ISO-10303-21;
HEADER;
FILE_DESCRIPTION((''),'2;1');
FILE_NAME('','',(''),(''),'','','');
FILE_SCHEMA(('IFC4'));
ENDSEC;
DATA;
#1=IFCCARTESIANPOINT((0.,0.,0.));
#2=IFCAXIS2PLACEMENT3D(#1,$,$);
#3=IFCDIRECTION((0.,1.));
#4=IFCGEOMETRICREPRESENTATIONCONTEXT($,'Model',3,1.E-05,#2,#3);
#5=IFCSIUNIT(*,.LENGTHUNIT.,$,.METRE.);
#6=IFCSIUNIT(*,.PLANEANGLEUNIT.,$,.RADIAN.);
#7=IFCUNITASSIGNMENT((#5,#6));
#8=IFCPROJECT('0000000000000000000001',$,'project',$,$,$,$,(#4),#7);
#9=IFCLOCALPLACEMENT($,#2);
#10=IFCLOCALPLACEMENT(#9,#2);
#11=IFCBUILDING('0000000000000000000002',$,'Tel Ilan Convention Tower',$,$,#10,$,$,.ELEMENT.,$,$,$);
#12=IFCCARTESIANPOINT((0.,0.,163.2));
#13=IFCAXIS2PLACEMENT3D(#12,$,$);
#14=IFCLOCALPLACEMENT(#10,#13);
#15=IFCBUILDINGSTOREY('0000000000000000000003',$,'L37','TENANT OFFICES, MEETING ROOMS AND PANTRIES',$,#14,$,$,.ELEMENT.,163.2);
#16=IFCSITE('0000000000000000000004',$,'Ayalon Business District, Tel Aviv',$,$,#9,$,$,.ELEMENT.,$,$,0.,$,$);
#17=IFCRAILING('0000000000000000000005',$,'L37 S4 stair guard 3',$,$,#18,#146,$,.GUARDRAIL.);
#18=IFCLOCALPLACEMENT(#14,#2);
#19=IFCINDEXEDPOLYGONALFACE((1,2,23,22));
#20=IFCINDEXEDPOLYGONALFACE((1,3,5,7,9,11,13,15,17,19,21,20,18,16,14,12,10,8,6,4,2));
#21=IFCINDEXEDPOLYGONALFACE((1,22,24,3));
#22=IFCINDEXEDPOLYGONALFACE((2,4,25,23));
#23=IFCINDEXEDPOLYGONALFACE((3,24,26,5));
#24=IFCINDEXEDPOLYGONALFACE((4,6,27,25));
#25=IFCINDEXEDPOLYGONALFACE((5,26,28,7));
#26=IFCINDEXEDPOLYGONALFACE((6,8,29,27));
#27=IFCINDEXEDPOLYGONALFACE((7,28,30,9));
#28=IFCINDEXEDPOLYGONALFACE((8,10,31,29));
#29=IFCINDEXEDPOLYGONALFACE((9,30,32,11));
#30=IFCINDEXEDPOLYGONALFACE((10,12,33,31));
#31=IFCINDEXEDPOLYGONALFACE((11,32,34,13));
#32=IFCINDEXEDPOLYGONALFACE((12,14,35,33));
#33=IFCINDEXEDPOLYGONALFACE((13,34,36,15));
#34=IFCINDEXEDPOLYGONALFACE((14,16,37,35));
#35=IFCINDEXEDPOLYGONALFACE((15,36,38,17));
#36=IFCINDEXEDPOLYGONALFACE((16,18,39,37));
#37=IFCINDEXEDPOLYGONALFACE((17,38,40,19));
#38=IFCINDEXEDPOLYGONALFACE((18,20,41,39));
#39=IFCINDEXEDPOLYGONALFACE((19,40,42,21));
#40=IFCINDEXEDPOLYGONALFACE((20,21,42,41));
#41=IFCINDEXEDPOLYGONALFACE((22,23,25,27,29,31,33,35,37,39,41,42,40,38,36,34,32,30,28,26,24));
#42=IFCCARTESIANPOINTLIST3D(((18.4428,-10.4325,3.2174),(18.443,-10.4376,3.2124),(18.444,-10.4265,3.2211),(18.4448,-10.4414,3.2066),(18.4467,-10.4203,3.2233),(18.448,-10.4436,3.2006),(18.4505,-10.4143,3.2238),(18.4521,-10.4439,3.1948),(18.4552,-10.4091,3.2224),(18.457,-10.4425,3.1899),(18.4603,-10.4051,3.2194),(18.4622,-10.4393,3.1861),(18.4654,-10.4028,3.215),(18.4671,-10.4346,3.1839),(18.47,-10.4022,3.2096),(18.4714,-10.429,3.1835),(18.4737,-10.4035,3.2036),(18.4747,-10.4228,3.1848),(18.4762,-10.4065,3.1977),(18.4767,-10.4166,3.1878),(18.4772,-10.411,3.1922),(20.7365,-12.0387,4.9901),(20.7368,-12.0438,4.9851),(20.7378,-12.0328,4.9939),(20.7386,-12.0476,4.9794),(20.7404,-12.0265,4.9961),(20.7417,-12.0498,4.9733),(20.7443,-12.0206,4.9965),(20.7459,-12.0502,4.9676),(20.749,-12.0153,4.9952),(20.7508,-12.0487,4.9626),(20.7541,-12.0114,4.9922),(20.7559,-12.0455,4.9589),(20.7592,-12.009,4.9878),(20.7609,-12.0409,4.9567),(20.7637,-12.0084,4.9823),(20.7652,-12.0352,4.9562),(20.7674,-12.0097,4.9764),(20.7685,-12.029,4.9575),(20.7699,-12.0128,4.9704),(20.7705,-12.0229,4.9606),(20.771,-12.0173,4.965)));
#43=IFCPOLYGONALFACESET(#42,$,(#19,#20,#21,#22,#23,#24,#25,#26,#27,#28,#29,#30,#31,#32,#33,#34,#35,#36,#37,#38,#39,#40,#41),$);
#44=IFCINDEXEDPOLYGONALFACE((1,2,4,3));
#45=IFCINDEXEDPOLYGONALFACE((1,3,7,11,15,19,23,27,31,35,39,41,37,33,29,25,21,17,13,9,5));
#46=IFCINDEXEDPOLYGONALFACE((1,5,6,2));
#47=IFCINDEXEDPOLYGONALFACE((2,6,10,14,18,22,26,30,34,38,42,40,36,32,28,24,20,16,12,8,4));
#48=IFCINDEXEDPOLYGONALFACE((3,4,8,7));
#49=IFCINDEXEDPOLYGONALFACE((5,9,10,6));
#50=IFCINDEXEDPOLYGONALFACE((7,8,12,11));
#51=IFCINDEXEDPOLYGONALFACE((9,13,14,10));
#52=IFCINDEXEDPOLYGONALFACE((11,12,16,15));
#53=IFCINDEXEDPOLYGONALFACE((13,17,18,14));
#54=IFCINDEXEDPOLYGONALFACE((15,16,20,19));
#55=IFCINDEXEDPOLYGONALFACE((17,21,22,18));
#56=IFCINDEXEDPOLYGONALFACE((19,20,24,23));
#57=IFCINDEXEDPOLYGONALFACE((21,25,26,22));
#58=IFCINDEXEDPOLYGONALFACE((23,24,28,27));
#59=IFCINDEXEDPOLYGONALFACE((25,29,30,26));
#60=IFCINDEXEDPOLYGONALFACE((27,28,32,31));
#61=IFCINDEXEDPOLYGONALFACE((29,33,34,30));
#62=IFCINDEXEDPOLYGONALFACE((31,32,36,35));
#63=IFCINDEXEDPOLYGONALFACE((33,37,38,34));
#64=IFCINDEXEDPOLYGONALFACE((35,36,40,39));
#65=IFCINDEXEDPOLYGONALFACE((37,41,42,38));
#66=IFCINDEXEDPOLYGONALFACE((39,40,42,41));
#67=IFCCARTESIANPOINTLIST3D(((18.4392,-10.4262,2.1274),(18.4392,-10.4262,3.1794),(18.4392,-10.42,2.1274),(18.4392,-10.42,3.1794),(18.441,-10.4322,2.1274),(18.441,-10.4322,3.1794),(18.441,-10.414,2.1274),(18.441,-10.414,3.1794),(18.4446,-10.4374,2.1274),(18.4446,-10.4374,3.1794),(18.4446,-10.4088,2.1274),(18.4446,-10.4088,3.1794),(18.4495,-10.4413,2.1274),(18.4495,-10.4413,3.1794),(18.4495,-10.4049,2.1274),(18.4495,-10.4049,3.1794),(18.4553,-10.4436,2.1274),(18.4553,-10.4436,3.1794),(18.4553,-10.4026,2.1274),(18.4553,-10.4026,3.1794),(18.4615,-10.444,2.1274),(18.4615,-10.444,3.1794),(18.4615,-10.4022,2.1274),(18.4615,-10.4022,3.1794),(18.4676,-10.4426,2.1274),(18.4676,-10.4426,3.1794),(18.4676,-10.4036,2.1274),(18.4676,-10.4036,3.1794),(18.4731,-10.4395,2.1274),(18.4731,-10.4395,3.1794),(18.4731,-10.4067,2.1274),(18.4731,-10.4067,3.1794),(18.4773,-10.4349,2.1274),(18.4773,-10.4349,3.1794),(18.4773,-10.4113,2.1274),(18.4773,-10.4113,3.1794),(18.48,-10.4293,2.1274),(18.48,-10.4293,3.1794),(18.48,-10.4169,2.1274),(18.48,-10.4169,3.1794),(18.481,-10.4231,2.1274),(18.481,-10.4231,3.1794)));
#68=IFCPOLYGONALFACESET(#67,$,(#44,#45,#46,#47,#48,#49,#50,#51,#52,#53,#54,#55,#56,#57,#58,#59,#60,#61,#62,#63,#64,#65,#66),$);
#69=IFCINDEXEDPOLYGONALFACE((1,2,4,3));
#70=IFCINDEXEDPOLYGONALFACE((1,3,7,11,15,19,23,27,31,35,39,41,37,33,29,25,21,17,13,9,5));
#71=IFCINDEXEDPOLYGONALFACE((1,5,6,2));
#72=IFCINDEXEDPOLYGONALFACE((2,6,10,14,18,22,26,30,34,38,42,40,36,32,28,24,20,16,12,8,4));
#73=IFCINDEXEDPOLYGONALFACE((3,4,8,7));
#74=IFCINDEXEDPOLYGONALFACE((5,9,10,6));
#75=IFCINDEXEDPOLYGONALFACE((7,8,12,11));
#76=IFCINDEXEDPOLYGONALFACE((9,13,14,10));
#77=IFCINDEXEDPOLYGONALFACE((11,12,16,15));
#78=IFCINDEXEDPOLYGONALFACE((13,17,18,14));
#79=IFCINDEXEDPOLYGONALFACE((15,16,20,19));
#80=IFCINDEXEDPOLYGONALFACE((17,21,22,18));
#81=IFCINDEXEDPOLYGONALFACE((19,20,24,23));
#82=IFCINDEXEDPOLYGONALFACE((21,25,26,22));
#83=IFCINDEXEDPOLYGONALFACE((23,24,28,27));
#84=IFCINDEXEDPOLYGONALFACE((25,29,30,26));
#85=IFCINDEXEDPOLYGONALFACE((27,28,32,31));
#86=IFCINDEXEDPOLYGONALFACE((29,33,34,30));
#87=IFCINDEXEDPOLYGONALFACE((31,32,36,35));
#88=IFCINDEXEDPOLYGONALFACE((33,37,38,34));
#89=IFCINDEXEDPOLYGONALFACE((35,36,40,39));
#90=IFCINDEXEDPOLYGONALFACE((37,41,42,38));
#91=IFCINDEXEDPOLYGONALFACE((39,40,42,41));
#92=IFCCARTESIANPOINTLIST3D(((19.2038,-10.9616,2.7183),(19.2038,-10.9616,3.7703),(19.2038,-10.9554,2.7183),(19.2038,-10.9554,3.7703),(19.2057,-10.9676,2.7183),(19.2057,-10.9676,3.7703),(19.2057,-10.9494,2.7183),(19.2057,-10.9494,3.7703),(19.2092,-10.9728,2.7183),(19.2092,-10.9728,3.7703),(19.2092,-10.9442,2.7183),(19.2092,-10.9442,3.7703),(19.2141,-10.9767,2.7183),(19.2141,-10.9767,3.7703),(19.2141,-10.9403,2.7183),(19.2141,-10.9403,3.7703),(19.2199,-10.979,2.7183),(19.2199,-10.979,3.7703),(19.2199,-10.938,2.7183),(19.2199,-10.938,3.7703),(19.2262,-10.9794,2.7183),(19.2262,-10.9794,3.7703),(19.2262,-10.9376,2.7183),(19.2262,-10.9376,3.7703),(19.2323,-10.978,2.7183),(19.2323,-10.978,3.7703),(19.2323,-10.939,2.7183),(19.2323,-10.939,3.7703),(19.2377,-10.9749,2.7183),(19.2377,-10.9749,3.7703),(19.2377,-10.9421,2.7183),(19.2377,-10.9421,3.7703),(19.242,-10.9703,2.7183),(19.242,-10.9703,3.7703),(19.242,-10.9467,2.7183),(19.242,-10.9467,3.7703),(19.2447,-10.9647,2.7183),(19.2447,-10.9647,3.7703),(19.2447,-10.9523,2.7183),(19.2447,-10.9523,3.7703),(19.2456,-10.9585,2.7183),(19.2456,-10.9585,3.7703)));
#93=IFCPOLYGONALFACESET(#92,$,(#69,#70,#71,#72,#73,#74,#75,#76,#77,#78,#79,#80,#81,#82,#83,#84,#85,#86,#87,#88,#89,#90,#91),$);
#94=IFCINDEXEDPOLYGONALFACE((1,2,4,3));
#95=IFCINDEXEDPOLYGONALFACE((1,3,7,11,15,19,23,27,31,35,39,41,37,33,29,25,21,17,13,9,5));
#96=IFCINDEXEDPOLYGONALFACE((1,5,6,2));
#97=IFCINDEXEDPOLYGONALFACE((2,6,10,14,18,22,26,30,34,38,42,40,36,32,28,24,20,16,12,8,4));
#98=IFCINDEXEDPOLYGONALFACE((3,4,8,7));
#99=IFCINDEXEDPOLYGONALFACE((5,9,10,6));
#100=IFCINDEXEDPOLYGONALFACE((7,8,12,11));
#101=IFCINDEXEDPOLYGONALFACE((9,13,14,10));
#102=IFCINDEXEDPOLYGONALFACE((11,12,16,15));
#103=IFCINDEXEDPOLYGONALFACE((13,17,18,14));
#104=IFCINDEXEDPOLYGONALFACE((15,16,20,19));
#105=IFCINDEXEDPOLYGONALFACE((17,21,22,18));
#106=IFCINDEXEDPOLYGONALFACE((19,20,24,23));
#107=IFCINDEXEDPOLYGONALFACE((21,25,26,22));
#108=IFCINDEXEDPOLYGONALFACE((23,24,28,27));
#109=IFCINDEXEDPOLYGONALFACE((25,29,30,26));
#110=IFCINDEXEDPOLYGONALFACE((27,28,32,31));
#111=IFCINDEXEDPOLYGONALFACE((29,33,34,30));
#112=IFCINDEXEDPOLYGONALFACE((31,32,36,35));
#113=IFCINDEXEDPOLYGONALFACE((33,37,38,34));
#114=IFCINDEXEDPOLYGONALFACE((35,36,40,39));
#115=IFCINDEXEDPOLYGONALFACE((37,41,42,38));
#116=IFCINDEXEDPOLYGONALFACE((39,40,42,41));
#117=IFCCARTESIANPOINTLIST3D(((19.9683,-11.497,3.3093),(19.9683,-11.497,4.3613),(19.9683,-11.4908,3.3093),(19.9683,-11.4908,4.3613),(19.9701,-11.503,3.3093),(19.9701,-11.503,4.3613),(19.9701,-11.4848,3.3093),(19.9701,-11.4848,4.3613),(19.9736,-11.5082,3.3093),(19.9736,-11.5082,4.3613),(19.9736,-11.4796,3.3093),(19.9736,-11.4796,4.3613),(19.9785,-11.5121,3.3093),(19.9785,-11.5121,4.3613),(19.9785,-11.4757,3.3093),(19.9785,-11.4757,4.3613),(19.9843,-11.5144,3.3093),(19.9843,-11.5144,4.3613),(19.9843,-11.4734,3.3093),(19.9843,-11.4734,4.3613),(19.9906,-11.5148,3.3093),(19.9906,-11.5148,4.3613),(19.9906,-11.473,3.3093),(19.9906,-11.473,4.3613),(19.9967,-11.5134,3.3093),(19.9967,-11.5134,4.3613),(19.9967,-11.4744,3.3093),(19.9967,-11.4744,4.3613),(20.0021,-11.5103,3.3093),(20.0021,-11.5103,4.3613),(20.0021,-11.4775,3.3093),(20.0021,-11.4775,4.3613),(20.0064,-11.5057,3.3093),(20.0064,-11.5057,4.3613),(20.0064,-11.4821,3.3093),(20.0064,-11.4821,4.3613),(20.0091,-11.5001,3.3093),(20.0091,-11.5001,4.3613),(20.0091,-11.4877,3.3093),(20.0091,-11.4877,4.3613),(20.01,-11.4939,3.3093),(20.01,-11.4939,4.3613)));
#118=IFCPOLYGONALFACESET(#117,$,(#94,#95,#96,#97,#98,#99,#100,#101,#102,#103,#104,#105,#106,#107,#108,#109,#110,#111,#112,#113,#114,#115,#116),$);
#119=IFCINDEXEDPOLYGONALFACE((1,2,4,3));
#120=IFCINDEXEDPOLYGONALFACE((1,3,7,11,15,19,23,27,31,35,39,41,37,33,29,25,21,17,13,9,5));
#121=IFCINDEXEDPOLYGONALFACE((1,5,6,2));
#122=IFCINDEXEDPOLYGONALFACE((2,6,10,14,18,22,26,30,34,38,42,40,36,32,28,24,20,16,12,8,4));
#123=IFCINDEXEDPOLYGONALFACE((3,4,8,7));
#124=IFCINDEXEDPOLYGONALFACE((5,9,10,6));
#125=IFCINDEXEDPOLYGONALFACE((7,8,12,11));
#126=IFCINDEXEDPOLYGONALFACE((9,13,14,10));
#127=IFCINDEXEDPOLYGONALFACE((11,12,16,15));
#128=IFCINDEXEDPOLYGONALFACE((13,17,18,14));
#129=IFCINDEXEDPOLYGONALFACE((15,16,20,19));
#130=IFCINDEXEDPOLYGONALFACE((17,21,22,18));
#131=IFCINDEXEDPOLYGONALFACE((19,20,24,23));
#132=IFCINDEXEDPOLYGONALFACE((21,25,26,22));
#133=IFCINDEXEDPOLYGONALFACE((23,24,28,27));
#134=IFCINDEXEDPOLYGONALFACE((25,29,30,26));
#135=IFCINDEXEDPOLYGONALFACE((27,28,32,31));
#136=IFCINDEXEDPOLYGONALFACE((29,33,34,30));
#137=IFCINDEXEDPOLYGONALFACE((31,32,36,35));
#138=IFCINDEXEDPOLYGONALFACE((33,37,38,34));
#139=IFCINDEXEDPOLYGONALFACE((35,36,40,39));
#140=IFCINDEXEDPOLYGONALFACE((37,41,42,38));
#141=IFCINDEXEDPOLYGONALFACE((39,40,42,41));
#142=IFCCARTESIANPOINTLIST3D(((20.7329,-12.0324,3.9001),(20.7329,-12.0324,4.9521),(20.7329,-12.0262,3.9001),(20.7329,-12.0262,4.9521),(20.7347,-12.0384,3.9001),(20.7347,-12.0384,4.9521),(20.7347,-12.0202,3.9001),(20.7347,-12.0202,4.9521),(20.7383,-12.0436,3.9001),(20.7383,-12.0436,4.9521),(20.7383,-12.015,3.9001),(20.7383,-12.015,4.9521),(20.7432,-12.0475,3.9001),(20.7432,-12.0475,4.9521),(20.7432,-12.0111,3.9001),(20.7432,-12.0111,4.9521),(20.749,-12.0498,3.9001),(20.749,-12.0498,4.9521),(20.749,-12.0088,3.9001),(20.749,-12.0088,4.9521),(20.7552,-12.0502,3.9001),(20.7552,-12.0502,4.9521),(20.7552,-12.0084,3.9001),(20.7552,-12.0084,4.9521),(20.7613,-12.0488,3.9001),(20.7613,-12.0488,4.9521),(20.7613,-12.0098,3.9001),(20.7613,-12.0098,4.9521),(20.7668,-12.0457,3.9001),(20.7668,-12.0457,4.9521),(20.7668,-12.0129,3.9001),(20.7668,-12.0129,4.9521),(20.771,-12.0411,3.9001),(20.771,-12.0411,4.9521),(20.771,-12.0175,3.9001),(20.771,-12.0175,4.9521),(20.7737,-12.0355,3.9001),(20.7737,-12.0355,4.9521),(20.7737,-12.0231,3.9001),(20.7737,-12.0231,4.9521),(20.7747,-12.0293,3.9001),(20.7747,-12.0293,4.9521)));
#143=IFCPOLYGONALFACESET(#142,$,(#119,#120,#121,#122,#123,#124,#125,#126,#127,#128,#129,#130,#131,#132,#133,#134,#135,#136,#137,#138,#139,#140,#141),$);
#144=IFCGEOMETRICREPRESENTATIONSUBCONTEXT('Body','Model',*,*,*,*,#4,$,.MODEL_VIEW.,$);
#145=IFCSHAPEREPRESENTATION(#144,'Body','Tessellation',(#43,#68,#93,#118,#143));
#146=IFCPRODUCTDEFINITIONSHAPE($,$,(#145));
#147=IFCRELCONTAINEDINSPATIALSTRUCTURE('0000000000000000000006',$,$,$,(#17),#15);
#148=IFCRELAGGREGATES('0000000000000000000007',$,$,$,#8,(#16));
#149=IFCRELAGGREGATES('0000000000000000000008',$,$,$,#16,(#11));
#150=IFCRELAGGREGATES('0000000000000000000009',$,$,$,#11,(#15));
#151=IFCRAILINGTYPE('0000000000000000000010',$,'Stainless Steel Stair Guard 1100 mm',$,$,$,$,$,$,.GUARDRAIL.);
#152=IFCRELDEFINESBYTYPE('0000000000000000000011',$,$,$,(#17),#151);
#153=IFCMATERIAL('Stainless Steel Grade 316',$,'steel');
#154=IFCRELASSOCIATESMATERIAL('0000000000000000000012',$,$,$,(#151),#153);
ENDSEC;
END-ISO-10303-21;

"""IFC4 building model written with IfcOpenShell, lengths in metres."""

from ifc_helpers import new_model, si_unit, direction, frame, origin, origin_2d, place, context, subcontext, project, spatial, circle, extrude, material, type_object, element, save


model = new_model("IFC4")

# Units and contexts
model_context = context("Model", 3, precision=1e-05, world=origin(), true_north=direction((0.0, 1.0)))
body_context = subcontext(model_context, "Body", "Model", "MODEL_VIEW")
ifc_project = project(units=[si_unit("LENGTHUNIT", "METRE"), si_unit("PLANEANGLEUNIT", "RADIAN")], contexts=[model_context])

# Site, building, storey
site_placement = place(None, origin())
site = spatial("IfcSite", under=ifc_project, at=site_placement, Name="Ayalon Business District, Tel Aviv", CompositionType="ELEMENT", RefElevation=0.0)
building_placement = place(site_placement, origin())
building = spatial("IfcBuilding", under=site, at=building_placement, Name="Tel Ilan Convention Tower", CompositionType="ELEMENT")
storey_placement = place(building_placement, frame((0.0, 0.0, 163.2)))
storey = spatial("IfcBuildingStorey", under=building, at=storey_placement, Name="L37", Description="TENANT OFFICES, MEETING ROOMS AND PANTRIES", CompositionType="ELEMENT", Elevation=163.2)

# Railing
ifc_material_1 = material(Name="Stainless Steel Grade 316", Category="steel")
railing_type_1 = type_object("IfcRailingType", Name="Stainless Steel Stair Guard 1100 mm", PredefinedType="GUARDRAIL", material=ifc_material_1)
railing_1_placement = place(storey_placement, frame((18.46, -10.4231, 2.1274)))
element("IfcRailing", 1, at=railing_1_placement, inside=storey, type_object=railing_type_1, Name="L37 S4 stair guard 3", PredefinedType="GUARDRAIL", context=body_context, shape_type="SweptSolid", body=[
    extrude(circle(Radius=0.0239, at=origin_2d()), frame((0.0, 0.0, 1.0762), z_axis=(0.692098, -0.484653, 0.534894), x_axis=(0.573609, 0.81913, 0.0)), (0.0, 0.0, 1.0), 3.3142),
    extrude(circle(Radius=0.021, at=origin_2d()), origin(), (0.0, 0.0, 1.0), 1.052),
    extrude(circle(Radius=0.021, at=origin_2d()), frame((0.7646, -0.5354, 0.5908)), (0.0, 0.0, 1.0), 1.052),
    extrude(circle(Radius=0.021, at=origin_2d()), frame((1.5291, -1.0708, 1.1819)), (0.0, 0.0, 1.0), 1.052),
    extrude(circle(Radius=0.021, at=origin_2d()), frame((2.2937, -1.6062, 1.7727)), (0.0, 0.0, 1.0), 1.052),
])

save(model, "model.ifc")
